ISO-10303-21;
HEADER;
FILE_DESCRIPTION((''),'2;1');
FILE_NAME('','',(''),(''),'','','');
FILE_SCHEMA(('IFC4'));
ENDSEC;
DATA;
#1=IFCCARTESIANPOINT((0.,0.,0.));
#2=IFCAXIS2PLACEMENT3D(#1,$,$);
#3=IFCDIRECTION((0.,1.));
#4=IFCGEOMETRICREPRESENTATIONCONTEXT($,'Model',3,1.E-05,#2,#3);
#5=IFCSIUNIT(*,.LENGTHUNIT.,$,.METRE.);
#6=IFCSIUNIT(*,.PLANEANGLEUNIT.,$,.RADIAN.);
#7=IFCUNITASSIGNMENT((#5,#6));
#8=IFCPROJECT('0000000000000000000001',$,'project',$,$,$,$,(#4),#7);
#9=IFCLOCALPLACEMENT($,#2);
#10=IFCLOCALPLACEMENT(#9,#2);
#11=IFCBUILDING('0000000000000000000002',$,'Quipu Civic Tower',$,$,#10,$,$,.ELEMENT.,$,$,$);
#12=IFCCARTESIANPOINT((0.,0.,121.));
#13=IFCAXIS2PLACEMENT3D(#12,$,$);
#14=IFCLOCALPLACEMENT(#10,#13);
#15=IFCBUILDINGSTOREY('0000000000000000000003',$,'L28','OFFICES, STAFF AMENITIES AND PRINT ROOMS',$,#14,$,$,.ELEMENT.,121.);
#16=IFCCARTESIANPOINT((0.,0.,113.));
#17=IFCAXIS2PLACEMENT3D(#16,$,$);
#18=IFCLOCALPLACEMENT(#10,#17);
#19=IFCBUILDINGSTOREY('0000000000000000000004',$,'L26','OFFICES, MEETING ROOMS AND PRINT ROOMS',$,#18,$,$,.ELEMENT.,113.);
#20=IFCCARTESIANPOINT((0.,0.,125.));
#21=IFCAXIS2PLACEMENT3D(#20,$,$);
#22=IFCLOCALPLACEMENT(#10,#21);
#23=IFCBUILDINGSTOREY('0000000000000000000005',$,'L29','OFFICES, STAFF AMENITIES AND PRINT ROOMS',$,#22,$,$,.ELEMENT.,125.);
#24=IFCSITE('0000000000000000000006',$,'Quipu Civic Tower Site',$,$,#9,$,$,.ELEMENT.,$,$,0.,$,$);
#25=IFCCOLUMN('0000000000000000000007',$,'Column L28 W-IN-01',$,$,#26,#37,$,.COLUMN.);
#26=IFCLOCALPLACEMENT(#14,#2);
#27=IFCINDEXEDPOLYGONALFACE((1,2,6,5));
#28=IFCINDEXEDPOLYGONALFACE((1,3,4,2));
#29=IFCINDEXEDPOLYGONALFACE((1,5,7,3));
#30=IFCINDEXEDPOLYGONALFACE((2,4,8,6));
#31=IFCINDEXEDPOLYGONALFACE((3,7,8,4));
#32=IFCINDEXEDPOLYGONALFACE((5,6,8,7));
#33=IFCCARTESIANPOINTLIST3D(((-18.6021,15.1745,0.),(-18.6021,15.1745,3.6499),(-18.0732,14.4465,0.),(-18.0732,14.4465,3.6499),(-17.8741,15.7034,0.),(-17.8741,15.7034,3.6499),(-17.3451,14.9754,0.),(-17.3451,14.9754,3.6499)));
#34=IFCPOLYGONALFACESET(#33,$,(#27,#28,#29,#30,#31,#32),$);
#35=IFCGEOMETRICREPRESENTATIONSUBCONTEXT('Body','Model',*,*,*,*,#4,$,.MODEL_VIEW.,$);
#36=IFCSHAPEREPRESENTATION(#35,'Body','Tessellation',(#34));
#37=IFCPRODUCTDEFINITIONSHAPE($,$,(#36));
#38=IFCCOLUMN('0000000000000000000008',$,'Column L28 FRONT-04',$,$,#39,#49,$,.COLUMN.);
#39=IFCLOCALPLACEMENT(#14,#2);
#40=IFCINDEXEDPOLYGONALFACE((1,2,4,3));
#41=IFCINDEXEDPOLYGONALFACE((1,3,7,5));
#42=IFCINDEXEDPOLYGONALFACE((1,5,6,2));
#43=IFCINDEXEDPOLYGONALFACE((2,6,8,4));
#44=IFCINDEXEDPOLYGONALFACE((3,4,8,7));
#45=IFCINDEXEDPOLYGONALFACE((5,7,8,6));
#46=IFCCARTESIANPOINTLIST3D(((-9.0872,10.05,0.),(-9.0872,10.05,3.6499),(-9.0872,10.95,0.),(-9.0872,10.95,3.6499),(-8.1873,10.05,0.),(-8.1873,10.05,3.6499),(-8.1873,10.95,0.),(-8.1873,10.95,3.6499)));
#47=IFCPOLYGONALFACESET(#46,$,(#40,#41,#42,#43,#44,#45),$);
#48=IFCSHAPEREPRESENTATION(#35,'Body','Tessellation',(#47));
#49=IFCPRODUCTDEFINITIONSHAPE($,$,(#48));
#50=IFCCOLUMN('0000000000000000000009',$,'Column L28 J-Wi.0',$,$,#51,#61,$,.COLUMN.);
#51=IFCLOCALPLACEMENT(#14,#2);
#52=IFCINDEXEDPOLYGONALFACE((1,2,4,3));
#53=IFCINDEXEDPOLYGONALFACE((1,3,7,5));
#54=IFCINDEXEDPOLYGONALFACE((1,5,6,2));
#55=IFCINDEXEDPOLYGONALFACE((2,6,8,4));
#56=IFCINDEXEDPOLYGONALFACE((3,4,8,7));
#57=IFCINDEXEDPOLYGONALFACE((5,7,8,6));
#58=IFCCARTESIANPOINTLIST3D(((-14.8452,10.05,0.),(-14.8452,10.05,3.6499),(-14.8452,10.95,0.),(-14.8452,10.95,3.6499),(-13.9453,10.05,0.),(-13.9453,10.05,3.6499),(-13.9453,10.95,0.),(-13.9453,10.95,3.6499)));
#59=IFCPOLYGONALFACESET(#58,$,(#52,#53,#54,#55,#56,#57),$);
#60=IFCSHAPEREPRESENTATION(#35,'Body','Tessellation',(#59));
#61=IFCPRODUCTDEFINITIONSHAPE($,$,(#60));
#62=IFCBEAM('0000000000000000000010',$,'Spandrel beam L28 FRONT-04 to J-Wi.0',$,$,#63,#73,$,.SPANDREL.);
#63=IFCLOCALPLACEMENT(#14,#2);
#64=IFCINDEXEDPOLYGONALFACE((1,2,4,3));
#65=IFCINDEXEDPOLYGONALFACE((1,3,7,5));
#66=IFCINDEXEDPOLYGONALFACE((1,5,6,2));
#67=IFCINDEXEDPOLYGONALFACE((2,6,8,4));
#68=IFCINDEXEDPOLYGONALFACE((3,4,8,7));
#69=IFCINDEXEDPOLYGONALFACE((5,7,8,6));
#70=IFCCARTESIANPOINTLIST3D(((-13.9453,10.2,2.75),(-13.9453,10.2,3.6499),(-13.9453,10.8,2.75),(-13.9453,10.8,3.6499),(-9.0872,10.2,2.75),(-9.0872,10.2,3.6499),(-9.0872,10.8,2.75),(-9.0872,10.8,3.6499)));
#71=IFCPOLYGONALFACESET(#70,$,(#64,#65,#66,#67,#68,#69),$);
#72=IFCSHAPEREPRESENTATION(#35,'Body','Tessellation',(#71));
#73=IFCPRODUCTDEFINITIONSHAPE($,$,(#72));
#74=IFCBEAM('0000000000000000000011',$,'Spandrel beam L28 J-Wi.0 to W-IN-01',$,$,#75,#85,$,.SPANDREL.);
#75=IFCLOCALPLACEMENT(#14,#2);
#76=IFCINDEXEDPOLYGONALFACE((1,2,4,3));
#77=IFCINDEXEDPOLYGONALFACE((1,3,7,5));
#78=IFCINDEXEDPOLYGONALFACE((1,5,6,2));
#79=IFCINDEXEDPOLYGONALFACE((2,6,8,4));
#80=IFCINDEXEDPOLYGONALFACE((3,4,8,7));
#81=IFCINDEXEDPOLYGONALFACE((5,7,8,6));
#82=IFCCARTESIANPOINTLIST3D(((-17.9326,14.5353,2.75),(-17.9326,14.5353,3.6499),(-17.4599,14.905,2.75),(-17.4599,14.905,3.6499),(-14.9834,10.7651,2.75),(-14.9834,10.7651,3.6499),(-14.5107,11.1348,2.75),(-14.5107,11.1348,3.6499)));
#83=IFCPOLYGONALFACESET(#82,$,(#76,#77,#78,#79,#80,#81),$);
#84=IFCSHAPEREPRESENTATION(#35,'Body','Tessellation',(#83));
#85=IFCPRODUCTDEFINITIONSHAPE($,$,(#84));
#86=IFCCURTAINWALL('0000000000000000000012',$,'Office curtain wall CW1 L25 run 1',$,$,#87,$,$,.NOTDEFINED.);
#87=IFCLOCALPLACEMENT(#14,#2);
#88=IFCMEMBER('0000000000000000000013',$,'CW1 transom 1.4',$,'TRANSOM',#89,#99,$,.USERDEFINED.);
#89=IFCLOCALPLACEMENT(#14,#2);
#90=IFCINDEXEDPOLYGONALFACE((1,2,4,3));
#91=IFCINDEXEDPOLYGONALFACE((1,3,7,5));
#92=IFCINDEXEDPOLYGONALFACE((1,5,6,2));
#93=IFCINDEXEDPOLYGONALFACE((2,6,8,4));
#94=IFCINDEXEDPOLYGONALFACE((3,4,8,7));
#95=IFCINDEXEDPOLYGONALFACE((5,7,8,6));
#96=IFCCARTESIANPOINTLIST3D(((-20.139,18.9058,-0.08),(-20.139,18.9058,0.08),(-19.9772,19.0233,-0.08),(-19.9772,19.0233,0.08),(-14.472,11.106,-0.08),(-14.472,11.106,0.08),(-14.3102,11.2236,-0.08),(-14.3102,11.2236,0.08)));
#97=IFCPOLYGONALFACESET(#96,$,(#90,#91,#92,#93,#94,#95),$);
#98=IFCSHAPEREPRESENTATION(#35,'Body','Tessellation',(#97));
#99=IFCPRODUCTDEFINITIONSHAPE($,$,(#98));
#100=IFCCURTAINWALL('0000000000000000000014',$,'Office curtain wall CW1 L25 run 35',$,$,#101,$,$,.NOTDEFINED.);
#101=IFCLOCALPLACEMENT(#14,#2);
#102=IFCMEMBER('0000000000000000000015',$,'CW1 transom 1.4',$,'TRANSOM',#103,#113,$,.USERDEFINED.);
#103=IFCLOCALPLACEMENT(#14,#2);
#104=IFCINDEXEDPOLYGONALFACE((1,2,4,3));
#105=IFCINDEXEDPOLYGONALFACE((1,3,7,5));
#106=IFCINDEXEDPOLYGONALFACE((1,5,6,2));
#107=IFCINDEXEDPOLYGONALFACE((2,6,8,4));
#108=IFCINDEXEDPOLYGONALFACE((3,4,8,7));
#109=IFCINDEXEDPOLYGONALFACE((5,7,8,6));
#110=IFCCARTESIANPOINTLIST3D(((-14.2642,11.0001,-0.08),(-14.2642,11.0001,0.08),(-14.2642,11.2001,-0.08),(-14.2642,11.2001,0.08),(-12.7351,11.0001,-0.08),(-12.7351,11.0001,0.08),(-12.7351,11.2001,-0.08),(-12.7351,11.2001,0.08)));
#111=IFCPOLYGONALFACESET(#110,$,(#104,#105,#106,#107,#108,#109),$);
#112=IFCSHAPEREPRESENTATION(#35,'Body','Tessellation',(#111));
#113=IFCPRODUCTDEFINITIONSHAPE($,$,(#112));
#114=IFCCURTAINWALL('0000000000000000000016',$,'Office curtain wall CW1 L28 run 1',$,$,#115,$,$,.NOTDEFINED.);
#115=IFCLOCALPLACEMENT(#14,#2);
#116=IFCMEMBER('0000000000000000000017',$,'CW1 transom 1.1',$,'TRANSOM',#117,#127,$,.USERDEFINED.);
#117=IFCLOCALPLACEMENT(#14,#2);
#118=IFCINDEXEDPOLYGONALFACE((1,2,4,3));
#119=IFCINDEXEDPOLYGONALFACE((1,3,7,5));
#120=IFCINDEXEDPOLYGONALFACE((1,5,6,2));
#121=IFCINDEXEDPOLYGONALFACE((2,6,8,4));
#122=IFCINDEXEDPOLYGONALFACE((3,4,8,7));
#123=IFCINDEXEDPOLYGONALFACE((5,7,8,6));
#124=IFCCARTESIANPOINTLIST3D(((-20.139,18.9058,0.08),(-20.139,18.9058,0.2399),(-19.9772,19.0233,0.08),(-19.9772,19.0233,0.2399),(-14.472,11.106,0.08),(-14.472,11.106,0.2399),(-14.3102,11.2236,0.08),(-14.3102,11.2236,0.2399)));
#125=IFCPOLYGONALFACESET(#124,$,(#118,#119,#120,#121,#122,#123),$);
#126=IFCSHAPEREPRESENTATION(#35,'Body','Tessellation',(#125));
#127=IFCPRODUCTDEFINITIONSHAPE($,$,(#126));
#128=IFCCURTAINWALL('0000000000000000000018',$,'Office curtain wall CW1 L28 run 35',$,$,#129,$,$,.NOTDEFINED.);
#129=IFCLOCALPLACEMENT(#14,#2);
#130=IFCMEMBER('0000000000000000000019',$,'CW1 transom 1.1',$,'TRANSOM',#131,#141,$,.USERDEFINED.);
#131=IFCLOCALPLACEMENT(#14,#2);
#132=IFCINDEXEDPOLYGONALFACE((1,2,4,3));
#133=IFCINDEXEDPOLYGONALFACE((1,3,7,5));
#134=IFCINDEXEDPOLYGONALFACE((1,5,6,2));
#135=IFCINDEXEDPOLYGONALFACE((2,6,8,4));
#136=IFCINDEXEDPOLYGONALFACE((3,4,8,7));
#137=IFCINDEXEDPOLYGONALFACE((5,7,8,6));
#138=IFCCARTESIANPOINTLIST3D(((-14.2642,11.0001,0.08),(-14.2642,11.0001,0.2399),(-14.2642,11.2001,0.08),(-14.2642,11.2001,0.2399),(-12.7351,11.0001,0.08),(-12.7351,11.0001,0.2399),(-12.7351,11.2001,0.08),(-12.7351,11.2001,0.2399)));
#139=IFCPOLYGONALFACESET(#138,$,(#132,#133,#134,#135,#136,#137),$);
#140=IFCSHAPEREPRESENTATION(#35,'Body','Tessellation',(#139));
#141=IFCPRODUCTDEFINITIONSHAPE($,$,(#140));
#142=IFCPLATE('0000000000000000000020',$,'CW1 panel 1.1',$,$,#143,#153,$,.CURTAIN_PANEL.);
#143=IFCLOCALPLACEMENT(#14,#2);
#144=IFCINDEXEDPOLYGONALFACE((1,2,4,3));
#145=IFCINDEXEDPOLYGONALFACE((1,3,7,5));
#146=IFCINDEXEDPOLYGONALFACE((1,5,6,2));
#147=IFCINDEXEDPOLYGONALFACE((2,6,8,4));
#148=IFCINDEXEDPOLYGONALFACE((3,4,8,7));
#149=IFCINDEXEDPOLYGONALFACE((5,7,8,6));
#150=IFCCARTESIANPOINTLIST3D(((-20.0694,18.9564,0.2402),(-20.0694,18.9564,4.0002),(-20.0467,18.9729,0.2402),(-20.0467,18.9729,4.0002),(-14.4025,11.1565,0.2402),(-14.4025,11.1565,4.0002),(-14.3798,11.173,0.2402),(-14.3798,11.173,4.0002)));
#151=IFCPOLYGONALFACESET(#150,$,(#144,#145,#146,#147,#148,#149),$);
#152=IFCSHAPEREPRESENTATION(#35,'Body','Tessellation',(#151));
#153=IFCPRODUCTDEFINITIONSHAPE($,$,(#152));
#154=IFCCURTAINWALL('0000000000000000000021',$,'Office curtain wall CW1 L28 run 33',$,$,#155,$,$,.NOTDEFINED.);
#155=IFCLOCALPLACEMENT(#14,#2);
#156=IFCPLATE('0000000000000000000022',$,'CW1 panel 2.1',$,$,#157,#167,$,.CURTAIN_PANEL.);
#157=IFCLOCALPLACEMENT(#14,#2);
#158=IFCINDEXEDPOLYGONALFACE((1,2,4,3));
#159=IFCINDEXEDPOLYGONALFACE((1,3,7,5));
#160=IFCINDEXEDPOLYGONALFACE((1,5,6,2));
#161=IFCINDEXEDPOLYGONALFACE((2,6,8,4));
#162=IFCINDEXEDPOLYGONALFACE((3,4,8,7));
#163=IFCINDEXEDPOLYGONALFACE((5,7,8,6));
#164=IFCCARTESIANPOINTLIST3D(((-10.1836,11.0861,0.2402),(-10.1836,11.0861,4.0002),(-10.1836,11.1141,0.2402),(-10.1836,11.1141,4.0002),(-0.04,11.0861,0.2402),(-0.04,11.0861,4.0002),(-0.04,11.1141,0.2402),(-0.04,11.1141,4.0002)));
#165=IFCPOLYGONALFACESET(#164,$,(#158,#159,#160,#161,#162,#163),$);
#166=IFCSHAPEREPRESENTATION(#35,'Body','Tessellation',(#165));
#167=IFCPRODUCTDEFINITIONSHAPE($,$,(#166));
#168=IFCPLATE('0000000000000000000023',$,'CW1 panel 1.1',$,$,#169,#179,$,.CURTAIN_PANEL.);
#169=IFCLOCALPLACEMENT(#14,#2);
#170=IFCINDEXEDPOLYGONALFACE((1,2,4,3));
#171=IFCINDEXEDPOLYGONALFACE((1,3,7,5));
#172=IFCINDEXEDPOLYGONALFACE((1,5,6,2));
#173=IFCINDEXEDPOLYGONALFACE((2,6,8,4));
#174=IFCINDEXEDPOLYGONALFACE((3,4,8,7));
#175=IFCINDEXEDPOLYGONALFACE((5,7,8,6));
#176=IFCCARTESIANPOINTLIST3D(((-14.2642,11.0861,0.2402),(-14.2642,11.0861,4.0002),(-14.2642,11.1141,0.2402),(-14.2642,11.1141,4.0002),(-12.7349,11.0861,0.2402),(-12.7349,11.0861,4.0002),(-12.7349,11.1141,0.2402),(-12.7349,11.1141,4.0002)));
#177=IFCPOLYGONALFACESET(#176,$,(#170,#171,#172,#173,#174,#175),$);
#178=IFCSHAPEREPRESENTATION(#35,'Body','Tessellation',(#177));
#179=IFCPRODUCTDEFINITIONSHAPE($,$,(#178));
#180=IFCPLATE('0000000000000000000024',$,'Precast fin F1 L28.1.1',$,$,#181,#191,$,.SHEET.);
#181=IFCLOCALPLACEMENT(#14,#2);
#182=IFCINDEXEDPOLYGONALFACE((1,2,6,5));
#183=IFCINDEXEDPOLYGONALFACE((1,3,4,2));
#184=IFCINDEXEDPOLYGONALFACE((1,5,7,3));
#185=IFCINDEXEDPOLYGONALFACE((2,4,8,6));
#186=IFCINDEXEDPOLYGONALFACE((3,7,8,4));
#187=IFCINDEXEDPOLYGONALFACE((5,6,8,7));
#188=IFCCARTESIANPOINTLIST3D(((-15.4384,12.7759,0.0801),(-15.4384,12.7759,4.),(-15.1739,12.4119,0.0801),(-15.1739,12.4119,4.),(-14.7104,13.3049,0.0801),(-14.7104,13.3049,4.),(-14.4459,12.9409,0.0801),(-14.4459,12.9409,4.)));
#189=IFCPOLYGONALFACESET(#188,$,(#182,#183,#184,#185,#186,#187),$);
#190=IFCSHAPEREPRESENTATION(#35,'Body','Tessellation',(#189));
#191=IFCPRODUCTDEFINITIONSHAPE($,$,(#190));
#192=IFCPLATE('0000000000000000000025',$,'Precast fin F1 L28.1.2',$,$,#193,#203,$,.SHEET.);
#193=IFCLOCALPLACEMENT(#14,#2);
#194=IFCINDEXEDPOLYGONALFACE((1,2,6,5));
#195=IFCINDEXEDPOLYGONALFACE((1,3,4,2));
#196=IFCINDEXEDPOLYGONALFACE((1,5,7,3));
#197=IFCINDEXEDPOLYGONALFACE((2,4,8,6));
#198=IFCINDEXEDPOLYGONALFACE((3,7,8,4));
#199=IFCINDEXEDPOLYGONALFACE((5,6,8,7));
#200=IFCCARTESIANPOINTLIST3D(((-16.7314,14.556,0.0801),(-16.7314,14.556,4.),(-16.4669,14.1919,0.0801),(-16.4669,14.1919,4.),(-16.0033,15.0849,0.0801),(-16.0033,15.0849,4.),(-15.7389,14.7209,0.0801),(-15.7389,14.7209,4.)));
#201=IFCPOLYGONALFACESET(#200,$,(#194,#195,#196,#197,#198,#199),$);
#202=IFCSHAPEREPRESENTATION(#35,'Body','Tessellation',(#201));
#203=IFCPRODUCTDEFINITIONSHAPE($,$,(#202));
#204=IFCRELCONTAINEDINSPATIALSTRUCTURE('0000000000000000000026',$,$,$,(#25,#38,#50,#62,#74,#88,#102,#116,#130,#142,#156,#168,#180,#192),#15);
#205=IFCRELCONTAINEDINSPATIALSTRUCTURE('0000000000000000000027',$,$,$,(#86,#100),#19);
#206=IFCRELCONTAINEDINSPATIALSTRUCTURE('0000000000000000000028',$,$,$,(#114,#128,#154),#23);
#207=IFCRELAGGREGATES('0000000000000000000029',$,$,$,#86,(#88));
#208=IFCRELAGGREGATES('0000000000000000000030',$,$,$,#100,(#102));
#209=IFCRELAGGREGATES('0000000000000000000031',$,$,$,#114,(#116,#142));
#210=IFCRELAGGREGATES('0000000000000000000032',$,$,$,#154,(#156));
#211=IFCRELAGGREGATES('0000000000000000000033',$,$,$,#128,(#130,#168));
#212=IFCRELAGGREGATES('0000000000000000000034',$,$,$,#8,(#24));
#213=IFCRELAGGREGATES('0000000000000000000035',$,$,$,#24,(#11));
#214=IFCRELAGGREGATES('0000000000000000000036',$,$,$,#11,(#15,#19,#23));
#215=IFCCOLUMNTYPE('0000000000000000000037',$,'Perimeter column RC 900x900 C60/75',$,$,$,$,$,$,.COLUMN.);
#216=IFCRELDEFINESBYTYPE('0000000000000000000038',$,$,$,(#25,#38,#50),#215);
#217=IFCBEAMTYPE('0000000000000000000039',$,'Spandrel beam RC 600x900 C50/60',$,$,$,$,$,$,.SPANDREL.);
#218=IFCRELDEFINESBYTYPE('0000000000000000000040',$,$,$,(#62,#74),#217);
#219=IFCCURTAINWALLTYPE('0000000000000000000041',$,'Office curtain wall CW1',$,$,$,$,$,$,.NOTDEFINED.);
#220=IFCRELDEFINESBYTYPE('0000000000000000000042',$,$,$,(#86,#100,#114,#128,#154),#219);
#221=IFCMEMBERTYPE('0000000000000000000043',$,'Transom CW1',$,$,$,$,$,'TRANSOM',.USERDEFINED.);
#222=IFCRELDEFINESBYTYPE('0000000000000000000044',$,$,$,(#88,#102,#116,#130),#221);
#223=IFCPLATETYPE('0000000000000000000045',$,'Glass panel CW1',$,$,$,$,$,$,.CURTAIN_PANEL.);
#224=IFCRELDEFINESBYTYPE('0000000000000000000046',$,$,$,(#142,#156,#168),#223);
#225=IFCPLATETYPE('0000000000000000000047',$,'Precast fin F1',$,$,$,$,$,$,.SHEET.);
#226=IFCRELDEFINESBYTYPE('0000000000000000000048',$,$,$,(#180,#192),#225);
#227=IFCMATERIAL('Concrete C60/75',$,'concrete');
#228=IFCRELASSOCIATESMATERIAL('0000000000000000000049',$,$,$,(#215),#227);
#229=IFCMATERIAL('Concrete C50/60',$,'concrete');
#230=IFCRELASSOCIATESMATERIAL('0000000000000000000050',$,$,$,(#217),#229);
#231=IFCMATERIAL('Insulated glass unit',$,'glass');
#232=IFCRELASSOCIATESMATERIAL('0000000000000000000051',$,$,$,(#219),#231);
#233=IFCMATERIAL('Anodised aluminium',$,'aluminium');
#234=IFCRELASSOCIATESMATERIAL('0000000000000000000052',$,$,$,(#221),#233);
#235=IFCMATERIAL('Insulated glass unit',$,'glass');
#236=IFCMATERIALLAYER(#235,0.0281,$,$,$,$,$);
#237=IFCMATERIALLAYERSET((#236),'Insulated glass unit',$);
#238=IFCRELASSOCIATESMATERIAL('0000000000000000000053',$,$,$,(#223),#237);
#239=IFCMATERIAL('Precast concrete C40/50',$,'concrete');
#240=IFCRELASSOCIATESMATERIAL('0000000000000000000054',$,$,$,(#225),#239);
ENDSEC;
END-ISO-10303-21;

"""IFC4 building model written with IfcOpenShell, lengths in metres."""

from ifc_helpers import new_model, si_unit, direction, frame, origin, origin_2d, place, context, subcontext, project, spatial, rectangle, extrude, material, layer, layer_set, material_profile, profile_set, type_object, element, aggregate, save


model = new_model("IFC4")

# Units and contexts
model_context = context("Model", 3, precision=1e-05, world=origin(), true_north=direction((0.0, 1.0)))
body_context = subcontext(model_context, "Body", "Model", "MODEL_VIEW")
ifc_project = project(units=[si_unit("LENGTHUNIT", "METRE"), si_unit("PLANEANGLEUNIT", "RADIAN")], contexts=[model_context])

# Site, building, storey
site_placement = place(None, origin())
site = spatial("IfcSite", under=ifc_project, at=site_placement, Name="Quipu Civic Tower Site", CompositionType="ELEMENT", RefElevation=0.0)
building_placement = place(site_placement, origin())
building = spatial("IfcBuilding", under=site, at=building_placement, Name="Quipu Civic Tower", CompositionType="ELEMENT")
storey_1_placement = place(building_placement, frame((0.0, 0.0, 121.0)))
storey_1 = spatial("IfcBuildingStorey", under=building, at=storey_1_placement, Name="L28", Description="OFFICES, STAFF AMENITIES AND PRINT ROOMS", CompositionType="ELEMENT", Elevation=121.0)

# Columns
ifc_material_1 = material(Name="Concrete C60/75", Category="concrete")
ifc_material_profile_1 = material_profile(ifc_material_1, rectangle(XDim=0.8999, YDim=0.8999, at=origin_2d()), Name="RC900x900")
ifc_profile_set_1 = profile_set([ifc_material_profile_1], Name="Concrete C60/75")
column_type = type_object("IfcColumnType", Name="Perimeter column RC 900x900 C60/75", PredefinedType="COLUMN", material=ifc_profile_set_1)
for number, where, z_axis, x_axis, name in (
    (1, (-17.9736, 15.075, 0.0), (0.0, 0.0, 1.0), (-0.587785, 0.809017, 0.0), "Column L28 W-IN-01"),
    (2, (-8.6372, 10.5, 0.0), (0.0, 0.0, 1.0), (-1.0, 0.0, 0.0), "Column L28 FRONT-04"),
    (3, (-14.3953, 10.5, 0.0), (0.0, 0.0, 1.0), (-1.0, 0.0, 0.0), "Column L28 J-Wi.0"),
):
    element("IfcColumn", number, at=place(storey_1_placement, frame(where, z_axis=z_axis, x_axis=x_axis)), inside=storey_1, type_object=column_type, Name=name, PredefinedType="COLUMN", context=body_context, shape_type="SweptSolid", body=[
        extrude(rectangle(XDim=0.8999, YDim=0.8999, at=origin_2d()), origin(), (0.0, 0.0, 1.0), 3.6499),
    ])

# Beams
ifc_material_2 = material(Name="Concrete C50/60", Category="concrete")
ifc_material_profile_2 = material_profile(ifc_material_2, rectangle(XDim=0.6001, YDim=0.8999, at=origin_2d()), Name="RC600x900")
ifc_profile_set_2 = profile_set([ifc_material_profile_2], Name="Concrete C50/60")
beam_type = type_object("IfcBeamType", Name="Spandrel beam RC 600x900 C50/60", PredefinedType="SPANDREL", material=ifc_profile_set_2)
beam_1_placement = place(storey_1_placement, frame((-9.0872, 10.5, 3.2), z_axis=(-1.0, 0.0, 0.0), x_axis=(0.0, -1.0, 0.0)))
element("IfcBeam", 4, at=beam_1_placement, inside=storey_1, type_object=beam_type, Name="Spandrel beam L28 FRONT-04 to J-Wi.0", PredefinedType="SPANDREL", context=body_context, shape_type="SweptSolid", body=[
    extrude(rectangle(XDim=0.6001, YDim=0.8999, at=origin_2d()), origin(), (0.0, 0.0, 1.0), 4.8582),
])
beam_2_placement = place(storey_1_placement, frame((-14.7471, 10.95, 3.2), z_axis=(-0.616124, 0.787649, 0.0), x_axis=(-0.787649, -0.616124, 0.0)))
element("IfcBeam", 5, at=beam_2_placement, inside=storey_1, type_object=beam_type, Name="Spandrel beam L28 J-Wi.0 to W-IN-01", PredefinedType="SPANDREL", context=body_context, shape_type="SweptSolid", body=[
    extrude(rectangle(XDim=0.6001, YDim=0.8999, at=origin_2d()), origin(), (0.0, 0.0, 1.0), 4.7866),
])

# Shared definitions
storey_2_placement = place(building_placement, frame((0.0, 0.0, 113.0)))
storey_2 = spatial("IfcBuildingStorey", under=building, at=storey_2_placement, Name="L26", Description="OFFICES, MEETING ROOMS AND PRINT ROOMS", CompositionType="ELEMENT", Elevation=113.0)

# Curtain walls, members
ifc_material_3 = material(Name="Insulated glass unit", Category="glass")
curtain_wall_type = type_object("IfcCurtainWallType", Name="Office curtain wall CW1", PredefinedType="NOTDEFINED", material=ifc_material_3)
curtain_wall_1_placement = place(storey_2_placement, origin())
curtain_wall_1 = element("IfcCurtainWall", 6, at=curtain_wall_1_placement, inside=storey_2, type_object=curtain_wall_type, Name="Office curtain wall CW1 L25 run 1", PredefinedType="NOTDEFINED")
ifc_material_4 = material(Name="Anodised aluminium", Category="aluminium")
ifc_material_profile_3 = material_profile(ifc_material_4, rectangle(XDim=0.2, YDim=0.1599, at=origin_2d()), Name="RECT 200x160")
ifc_profile_set_3 = profile_set([ifc_material_profile_3], Name="Anodised aluminium")
member_type = type_object("IfcMemberType", Name="Transom CW1", ElementType="TRANSOM", PredefinedType="USERDEFINED", material=ifc_profile_set_3)
member_1_placement = place(storey_1_placement, frame((-14.3911, 11.1648, 0.0), z_axis=(-0.587792, 0.809012, 0.0), x_axis=(-0.809012, -0.587792, 0.0)))
member_1 = element("IfcMember", 7, at=member_1_placement, inside=storey_1, type_object=member_type, Name="CW1 transom 1.4", ObjectType="TRANSOM", PredefinedType="USERDEFINED", context=body_context, shape_type="SweptSolid", body=[
    extrude(rectangle(XDim=0.2, YDim=0.1599, at=origin_2d()), origin(), (0.0, 0.0, 1.0), 9.6411),
])
aggregate(curtain_wall_1, [member_1])
curtain_wall_2_placement = place(storey_2_placement, origin())
curtain_wall_2 = element("IfcCurtainWall", 8, at=curtain_wall_2_placement, inside=storey_2, type_object=curtain_wall_type, Name="Office curtain wall CW1 L25 run 35", PredefinedType="NOTDEFINED")
member_2_placement = place(storey_1_placement, frame((-12.7351, 11.1001, 0.0), z_axis=(-1.0, 0.0, 0.0), x_axis=(0.0, -1.0, 0.0)))
member_2 = element("IfcMember", 9, at=member_2_placement, inside=storey_1, type_object=member_type, Name="CW1 transom 1.4", ObjectType="TRANSOM", PredefinedType="USERDEFINED", context=body_context, shape_type="SweptSolid", body=[
    extrude(rectangle(XDim=0.2, YDim=0.1599, at=origin_2d()), origin(), (0.0, 0.0, 1.0), 1.5291),
])
aggregate(curtain_wall_2, [member_2])

# Shared definitions
storey_3_placement = place(building_placement, frame((0.0, 0.0, 125.0)))
storey_3 = spatial("IfcBuildingStorey", under=building, at=storey_3_placement, Name="L29", Description="OFFICES, STAFF AMENITIES AND PRINT ROOMS", CompositionType="ELEMENT", Elevation=125.0)

# Curtain walls, members
curtain_wall_3_placement = place(storey_3_placement, origin())
curtain_wall_3 = element("IfcCurtainWall", 10, at=curtain_wall_3_placement, inside=storey_3, type_object=curtain_wall_type, Name="Office curtain wall CW1 L28 run 1", PredefinedType="NOTDEFINED")
member_3_placement = place(storey_1_placement, frame((-14.3911, 11.1648, 0.1599), z_axis=(-0.587792, 0.809012, 0.0), x_axis=(-0.809012, -0.587792, 0.0)))
member_3 = element("IfcMember", 11, at=member_3_placement, inside=storey_1, type_object=member_type, Name="CW1 transom 1.1", ObjectType="TRANSOM", PredefinedType="USERDEFINED", context=body_context, shape_type="SweptSolid", body=[
    extrude(rectangle(XDim=0.2, YDim=0.1599, at=origin_2d()), origin(), (0.0, 0.0, 1.0), 9.6411),
])
curtain_wall_4_placement = place(storey_3_placement, origin())
curtain_wall_4 = element("IfcCurtainWall", 12, at=curtain_wall_4_placement, inside=storey_3, type_object=curtain_wall_type, Name="Office curtain wall CW1 L28 run 35", PredefinedType="NOTDEFINED")
member_4_placement = place(storey_1_placement, frame((-12.7351, 11.1001, 0.1599), z_axis=(-1.0, 0.0, 0.0), x_axis=(0.0, -1.0, 0.0)))
member_4 = element("IfcMember", 13, at=member_4_placement, inside=storey_1, type_object=member_type, Name="CW1 transom 1.1", ObjectType="TRANSOM", PredefinedType="USERDEFINED", context=body_context, shape_type="SweptSolid", body=[
    extrude(rectangle(XDim=0.2, YDim=0.1599, at=origin_2d()), origin(), (0.0, 0.0, 1.0), 1.5291),
])

# Plate
ifc_material_5 = material(Name="Insulated glass unit", Category="glass")
ifc_layer_1 = layer(ifc_material_5, 0.0281)
ifc_layer_set_1 = layer_set([ifc_layer_1], Name="Insulated glass unit")
plate_type_1 = type_object("IfcPlateType", Name="Glass panel CW1", PredefinedType="CURTAIN_PANEL", material=ifc_layer_set_1)
plate_1_placement = place(storey_1_placement, frame((-17.2246, 15.0647, 0.2402), z_axis=(0.0, 0.0, 1.0), x_axis=(-0.587786, 0.809017, 0.0)))
plate_1 = element("IfcPlate", 14, at=plate_1_placement, inside=storey_1, type_object=plate_type_1, Name="CW1 panel 1.1", PredefinedType="CURTAIN_PANEL", context=body_context, shape_type="SweptSolid", body=[
    extrude(rectangle(XDim=9.6411, YDim=0.0281, at=origin_2d()), origin(), (0.0, 0.0, 1.0), 3.76),
])
aggregate(curtain_wall_3, [member_3, plate_1])

# Curtain wall, plate
curtain_wall_5_placement = place(storey_3_placement, origin())
curtain_wall_5 = element("IfcCurtainWall", 15, at=curtain_wall_5_placement, inside=storey_3, type_object=curtain_wall_type, Name="Office curtain wall CW1 L28 run 33", PredefinedType="NOTDEFINED")
plate_2_placement = place(storey_1_placement, frame((-5.1118, 11.1001, 0.2402), z_axis=(0.0, 0.0, 1.0), x_axis=(-1.0, 0.0, 0.0)))
plate_2 = element("IfcPlate", 16, at=plate_2_placement, inside=storey_1, type_object=plate_type_1, Name="CW1 panel 2.1", PredefinedType="CURTAIN_PANEL", context=body_context, shape_type="SweptSolid", body=[
    extrude(rectangle(XDim=10.1436, YDim=0.0281, at=origin_2d()), origin(), (0.0, 0.0, 1.0), 3.76),
])
aggregate(curtain_wall_5, [plate_2])

# Plate
plate_3_placement = place(storey_1_placement, frame((-13.4995, 11.1001, 0.2402), z_axis=(0.0, 0.0, 1.0), x_axis=(-1.0, 0.0, 0.0)))
plate_3 = element("IfcPlate", 17, at=plate_3_placement, inside=storey_1, type_object=plate_type_1, Name="CW1 panel 1.1", PredefinedType="CURTAIN_PANEL", context=body_context, shape_type="SweptSolid", body=[
    extrude(rectangle(XDim=1.5293, YDim=0.0281, at=origin_2d()), origin(), (0.0, 0.0, 1.0), 3.76),
])
aggregate(curtain_wall_4, [member_4, plate_3])

# Plates
ifc_material_6 = material(Name="Precast concrete C40/50", Category="concrete")
plate_type_2 = type_object("IfcPlateType", Name="Precast fin F1", PredefinedType="SHEET", material=ifc_material_6)
for number, where, z_axis, x_axis, name in (
    (18, (-14.9421, 12.8584, 0.0801), (0.0, 0.0, 1.0), (-0.587785, 0.809017, 0.0), "Precast fin F1 L28.1.1"),
    (19, (-16.2351, 14.6384, 0.0801), (0.0, 0.0, 1.0), (-0.587785, 0.809017, 0.0), "Precast fin F1 L28.1.2"),
):
    element("IfcPlate", number, at=place(storey_1_placement, frame(where, z_axis=z_axis, x_axis=x_axis)), inside=storey_1, type_object=plate_type_2, Name=name, PredefinedType="SHEET", context=body_context, shape_type="SweptSolid", body=[
        extrude(rectangle(XDim=0.45, YDim=0.8999, at=origin_2d()), origin(), (0.0, 0.0, 1.0), 3.9199),
    ])

save(model, "model.ifc")
